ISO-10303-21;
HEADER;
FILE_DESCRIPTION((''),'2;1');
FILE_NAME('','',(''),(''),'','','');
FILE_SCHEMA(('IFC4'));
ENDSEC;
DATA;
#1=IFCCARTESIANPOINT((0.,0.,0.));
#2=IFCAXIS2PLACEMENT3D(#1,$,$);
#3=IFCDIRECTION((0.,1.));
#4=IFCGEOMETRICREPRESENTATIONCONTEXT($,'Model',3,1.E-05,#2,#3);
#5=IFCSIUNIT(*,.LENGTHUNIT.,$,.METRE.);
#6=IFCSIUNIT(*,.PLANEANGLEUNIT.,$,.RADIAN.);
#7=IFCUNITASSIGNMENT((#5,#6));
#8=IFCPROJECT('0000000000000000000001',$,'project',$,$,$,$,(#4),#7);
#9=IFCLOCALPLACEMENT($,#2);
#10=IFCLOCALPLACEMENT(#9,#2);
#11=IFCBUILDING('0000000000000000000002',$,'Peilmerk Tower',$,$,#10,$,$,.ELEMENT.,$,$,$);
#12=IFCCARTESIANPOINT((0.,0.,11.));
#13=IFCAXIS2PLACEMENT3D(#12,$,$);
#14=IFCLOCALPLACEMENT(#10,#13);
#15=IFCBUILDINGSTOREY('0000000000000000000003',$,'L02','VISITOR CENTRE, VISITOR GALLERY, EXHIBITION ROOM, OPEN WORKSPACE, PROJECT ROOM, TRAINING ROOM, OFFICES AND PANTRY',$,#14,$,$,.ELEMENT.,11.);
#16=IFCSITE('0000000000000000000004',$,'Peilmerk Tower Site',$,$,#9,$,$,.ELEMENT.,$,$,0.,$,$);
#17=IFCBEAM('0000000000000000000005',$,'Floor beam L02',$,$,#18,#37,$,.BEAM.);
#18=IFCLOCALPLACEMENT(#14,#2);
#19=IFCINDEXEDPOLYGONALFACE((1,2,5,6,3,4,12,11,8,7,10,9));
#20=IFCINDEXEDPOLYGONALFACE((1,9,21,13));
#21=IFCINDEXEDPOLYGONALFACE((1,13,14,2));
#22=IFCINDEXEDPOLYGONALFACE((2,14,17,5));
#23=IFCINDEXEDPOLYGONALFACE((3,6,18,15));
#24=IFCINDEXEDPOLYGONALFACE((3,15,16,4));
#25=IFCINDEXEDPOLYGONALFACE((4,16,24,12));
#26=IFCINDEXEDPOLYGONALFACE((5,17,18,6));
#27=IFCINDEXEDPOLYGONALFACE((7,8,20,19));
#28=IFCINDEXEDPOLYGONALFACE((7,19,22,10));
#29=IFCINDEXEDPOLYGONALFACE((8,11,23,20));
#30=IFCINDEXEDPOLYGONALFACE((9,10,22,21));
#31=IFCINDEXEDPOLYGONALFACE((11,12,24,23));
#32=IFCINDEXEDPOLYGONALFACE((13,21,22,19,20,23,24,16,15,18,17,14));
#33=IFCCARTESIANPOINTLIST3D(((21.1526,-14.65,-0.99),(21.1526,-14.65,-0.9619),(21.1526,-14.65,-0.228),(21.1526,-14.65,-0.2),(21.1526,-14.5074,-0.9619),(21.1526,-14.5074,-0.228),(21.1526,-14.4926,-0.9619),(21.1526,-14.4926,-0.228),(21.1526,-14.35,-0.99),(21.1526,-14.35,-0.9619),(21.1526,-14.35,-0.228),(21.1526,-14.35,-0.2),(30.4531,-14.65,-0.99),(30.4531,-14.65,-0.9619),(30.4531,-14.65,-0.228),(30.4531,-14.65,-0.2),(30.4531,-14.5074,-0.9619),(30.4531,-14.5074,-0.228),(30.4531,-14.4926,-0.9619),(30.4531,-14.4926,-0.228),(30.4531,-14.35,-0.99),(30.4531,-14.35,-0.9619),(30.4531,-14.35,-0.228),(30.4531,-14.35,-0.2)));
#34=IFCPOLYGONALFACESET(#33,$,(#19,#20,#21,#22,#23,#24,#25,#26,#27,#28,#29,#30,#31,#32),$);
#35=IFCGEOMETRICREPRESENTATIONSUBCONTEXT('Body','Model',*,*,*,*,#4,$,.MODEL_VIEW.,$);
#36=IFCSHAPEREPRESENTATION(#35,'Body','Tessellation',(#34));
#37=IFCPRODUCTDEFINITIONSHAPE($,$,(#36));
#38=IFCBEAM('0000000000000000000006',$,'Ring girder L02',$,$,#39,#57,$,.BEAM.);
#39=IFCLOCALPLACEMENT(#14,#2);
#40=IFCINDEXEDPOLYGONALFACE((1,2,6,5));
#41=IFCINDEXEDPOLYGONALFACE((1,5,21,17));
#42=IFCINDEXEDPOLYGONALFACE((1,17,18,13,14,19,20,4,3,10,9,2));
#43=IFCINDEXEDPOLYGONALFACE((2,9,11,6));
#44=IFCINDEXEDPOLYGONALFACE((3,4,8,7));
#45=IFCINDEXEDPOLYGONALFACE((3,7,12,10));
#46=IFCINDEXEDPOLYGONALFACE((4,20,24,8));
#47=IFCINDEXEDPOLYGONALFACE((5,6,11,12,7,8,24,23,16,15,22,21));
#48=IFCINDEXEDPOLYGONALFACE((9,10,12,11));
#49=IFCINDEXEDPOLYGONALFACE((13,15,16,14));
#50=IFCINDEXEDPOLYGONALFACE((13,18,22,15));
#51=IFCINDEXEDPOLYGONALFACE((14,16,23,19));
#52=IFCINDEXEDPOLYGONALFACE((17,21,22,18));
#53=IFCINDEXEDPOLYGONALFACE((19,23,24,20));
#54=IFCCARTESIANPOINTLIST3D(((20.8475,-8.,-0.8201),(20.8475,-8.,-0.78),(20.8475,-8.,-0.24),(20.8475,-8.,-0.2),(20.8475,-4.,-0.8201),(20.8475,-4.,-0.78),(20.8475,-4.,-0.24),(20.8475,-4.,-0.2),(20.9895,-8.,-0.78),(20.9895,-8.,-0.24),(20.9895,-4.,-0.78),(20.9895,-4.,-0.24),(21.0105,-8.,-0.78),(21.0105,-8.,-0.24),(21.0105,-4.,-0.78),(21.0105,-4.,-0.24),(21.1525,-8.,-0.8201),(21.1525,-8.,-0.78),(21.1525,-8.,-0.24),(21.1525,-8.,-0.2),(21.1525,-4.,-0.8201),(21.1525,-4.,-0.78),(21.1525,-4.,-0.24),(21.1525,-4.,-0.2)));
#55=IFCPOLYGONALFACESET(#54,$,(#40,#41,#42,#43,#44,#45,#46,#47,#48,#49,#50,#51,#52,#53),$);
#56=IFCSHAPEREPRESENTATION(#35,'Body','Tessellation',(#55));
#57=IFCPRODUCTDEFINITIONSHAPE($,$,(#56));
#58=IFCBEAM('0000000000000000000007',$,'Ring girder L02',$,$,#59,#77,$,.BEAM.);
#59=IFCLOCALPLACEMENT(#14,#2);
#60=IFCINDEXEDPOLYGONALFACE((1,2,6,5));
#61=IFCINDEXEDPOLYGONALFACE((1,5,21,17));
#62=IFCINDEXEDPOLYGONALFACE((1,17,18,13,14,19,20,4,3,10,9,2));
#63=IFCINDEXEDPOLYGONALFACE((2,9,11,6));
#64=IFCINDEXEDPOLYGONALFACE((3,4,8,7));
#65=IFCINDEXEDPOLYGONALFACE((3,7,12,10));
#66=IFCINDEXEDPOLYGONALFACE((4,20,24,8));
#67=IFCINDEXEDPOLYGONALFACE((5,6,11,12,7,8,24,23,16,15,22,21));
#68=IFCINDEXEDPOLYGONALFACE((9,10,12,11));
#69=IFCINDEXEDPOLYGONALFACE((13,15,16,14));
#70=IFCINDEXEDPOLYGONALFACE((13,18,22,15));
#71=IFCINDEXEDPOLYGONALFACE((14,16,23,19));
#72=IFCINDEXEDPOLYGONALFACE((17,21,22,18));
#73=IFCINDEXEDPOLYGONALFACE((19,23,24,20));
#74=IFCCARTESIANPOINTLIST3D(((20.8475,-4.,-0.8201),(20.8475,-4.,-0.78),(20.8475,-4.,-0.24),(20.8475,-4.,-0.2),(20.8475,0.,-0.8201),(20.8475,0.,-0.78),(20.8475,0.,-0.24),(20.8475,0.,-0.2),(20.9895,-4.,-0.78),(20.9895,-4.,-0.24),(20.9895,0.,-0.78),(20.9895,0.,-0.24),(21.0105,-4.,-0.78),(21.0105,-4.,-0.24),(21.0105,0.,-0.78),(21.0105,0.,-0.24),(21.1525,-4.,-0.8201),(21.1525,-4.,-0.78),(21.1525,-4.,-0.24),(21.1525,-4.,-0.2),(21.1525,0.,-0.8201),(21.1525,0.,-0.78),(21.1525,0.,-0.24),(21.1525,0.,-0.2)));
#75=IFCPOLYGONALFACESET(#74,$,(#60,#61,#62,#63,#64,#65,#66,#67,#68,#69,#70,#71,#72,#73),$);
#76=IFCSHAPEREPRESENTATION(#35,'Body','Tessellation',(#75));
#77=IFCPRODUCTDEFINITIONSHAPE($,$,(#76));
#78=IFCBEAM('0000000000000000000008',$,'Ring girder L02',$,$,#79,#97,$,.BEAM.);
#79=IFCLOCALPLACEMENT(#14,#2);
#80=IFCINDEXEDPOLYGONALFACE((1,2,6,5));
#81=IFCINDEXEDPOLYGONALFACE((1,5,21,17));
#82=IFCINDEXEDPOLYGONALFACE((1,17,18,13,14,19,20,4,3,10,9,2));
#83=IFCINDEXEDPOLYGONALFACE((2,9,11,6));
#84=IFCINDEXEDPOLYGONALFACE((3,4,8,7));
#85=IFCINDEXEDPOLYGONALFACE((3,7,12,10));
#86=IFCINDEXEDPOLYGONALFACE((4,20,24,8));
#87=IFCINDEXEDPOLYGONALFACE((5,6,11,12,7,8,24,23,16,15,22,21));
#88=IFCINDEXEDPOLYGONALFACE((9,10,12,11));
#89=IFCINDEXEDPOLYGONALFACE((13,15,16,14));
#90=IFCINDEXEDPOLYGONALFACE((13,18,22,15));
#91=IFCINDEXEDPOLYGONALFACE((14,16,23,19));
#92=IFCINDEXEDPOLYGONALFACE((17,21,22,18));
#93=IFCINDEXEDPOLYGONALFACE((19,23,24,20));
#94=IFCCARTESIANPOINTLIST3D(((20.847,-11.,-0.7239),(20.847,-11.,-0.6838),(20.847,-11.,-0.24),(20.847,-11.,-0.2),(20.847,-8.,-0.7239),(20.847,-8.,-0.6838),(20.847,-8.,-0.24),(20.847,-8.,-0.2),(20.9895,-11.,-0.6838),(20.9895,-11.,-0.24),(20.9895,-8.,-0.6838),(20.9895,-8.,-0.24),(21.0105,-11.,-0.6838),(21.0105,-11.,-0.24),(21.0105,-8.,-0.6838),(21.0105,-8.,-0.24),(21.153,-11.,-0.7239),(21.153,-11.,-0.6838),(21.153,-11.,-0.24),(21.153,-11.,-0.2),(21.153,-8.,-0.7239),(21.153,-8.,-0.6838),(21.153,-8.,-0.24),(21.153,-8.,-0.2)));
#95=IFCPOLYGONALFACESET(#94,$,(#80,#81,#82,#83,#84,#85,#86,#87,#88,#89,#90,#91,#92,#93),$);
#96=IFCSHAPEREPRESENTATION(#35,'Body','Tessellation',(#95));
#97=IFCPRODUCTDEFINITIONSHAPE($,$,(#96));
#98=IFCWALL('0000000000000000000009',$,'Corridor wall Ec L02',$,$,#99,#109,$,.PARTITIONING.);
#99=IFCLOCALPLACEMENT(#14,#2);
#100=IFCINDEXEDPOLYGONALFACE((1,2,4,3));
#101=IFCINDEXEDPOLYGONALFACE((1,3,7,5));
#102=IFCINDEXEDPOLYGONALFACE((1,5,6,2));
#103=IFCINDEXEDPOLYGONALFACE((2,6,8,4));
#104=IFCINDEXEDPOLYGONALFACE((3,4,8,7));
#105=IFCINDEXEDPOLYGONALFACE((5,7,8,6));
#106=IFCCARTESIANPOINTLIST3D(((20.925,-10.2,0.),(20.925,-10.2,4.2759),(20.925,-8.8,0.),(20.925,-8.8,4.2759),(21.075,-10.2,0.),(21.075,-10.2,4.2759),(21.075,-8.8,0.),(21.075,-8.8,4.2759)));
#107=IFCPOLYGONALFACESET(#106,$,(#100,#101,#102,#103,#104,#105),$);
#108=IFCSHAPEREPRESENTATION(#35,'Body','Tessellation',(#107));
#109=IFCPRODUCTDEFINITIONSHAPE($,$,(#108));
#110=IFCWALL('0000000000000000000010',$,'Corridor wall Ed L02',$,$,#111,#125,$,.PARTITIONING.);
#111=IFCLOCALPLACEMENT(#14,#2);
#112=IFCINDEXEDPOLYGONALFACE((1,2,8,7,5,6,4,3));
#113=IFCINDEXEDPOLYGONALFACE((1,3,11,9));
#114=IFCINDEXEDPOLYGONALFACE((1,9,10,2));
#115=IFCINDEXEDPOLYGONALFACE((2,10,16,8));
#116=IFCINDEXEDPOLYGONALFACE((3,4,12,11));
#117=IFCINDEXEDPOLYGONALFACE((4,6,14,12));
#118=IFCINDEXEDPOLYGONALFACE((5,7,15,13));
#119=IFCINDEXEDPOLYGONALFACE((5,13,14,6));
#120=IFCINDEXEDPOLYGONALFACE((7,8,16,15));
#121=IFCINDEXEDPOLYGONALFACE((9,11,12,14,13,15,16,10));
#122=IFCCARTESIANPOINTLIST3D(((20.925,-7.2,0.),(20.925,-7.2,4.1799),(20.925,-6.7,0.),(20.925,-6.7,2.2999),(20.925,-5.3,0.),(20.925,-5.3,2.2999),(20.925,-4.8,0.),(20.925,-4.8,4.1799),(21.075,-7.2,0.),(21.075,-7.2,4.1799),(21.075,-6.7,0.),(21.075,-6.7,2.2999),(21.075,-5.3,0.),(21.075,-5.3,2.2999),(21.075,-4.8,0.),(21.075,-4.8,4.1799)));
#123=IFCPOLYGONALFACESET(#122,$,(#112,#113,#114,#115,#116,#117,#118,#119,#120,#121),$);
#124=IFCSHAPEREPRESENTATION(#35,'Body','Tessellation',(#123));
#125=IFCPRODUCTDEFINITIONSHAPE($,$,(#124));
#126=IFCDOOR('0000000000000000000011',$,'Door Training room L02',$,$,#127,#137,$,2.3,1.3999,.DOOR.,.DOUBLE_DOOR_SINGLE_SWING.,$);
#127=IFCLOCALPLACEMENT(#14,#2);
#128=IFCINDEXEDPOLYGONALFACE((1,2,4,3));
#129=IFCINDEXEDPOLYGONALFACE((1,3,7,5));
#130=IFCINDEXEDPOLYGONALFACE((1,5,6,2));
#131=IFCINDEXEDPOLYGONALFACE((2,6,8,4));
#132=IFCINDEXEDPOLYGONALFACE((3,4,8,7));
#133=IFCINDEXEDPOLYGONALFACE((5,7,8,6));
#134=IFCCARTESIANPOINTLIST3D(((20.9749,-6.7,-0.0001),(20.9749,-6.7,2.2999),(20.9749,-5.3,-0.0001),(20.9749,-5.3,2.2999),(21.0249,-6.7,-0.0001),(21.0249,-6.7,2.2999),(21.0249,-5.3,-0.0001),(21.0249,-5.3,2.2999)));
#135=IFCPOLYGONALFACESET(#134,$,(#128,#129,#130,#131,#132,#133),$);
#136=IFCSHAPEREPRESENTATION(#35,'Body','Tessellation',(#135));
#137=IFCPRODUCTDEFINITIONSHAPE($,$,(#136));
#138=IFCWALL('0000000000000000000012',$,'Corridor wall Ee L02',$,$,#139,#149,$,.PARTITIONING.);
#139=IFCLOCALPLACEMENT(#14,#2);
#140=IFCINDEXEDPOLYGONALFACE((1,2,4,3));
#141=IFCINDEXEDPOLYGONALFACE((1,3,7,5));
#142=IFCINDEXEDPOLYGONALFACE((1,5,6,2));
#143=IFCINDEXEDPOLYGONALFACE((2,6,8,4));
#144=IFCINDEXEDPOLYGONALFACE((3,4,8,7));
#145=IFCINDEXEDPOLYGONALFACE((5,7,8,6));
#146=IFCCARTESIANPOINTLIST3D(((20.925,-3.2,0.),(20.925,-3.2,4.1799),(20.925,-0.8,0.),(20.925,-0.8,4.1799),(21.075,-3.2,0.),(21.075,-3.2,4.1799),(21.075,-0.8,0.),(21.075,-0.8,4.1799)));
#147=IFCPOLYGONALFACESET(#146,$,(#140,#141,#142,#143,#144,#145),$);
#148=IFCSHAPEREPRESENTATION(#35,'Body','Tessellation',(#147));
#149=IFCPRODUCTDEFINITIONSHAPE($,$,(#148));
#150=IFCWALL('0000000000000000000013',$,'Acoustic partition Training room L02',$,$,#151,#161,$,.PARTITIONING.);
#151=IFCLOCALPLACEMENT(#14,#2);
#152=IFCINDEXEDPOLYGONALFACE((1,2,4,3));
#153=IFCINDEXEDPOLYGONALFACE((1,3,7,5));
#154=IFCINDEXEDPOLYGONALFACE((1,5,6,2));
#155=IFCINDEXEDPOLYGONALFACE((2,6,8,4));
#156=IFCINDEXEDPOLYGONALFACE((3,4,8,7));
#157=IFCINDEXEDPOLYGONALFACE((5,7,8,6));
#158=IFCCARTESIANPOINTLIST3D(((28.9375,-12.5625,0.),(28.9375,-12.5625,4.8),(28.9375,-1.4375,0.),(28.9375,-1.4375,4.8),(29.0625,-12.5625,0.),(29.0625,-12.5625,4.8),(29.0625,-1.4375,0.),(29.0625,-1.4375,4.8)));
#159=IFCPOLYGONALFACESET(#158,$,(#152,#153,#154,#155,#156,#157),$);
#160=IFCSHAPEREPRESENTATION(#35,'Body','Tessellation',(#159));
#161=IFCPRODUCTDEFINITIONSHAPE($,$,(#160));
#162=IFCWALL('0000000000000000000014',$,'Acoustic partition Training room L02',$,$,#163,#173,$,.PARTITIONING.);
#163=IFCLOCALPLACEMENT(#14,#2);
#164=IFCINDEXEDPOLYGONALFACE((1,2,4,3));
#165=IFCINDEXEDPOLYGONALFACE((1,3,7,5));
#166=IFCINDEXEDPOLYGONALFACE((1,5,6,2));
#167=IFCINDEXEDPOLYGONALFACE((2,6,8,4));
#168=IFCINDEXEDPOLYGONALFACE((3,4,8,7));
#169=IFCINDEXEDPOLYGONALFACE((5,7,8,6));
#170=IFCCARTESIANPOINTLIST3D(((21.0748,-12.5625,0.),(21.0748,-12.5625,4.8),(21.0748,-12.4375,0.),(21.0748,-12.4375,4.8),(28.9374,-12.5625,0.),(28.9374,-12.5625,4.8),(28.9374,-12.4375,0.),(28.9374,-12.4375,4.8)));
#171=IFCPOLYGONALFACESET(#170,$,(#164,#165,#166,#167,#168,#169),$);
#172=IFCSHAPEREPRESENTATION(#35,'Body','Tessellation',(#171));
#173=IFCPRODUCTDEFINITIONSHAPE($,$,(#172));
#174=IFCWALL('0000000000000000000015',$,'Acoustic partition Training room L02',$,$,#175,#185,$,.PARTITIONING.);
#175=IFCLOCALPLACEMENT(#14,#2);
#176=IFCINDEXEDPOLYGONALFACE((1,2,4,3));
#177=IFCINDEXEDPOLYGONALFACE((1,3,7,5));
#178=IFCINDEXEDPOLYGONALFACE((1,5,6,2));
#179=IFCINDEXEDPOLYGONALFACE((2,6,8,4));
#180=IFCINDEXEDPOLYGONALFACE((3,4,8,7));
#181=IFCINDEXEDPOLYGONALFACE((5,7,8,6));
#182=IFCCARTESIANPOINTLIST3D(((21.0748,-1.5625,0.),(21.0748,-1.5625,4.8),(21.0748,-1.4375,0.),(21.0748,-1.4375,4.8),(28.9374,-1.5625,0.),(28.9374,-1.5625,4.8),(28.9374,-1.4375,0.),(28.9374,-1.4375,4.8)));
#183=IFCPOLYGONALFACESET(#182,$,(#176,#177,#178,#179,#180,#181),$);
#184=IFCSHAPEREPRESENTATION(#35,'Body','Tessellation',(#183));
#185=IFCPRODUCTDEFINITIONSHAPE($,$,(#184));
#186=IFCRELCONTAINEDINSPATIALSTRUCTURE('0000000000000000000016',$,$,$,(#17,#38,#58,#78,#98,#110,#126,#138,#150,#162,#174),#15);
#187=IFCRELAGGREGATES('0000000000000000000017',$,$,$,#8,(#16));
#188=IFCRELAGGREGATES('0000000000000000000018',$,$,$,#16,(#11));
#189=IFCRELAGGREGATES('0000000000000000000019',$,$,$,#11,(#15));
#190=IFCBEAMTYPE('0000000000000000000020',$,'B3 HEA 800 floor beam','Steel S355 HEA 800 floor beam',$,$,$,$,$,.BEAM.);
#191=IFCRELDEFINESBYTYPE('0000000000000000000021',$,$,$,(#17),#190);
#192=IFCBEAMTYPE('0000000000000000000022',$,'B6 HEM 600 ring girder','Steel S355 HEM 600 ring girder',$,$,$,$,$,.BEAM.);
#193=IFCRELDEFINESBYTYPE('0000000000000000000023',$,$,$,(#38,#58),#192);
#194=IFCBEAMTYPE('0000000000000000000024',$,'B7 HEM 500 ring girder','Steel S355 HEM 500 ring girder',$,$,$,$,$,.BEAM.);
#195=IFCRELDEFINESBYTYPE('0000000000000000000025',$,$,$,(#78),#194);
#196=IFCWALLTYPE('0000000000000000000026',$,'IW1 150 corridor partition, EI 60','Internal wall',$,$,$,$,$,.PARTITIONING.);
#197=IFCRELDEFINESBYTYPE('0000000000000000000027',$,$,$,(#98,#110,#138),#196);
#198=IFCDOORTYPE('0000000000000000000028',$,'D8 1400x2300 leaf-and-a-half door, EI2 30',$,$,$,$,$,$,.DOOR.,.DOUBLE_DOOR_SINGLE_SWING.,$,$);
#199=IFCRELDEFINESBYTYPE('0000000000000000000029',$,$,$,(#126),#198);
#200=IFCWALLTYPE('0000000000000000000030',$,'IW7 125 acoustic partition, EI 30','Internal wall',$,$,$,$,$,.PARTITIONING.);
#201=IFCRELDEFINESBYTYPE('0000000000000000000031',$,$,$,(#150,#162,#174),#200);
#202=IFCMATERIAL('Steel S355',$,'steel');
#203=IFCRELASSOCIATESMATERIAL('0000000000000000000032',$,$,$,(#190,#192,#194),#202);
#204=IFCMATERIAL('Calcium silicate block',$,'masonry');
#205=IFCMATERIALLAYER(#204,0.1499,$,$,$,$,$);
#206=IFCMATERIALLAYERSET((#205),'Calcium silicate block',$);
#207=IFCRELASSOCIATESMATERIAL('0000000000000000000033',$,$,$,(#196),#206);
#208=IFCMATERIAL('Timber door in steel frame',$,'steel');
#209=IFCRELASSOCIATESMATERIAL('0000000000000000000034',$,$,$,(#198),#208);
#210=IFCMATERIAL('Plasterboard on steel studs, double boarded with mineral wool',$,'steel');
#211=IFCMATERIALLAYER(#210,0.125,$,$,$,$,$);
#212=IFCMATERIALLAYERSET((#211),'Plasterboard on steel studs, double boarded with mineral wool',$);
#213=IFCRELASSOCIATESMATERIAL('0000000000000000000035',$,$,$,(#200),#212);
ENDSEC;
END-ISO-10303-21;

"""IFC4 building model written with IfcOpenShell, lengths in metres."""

from ifc_helpers import new_model, si_unit, direction, frame, frame_2d, origin, origin_2d, place, context, subcontext, project, spatial, rectangle, i_section, extrude, material, layer, layer_set, material_profile, profile_set, type_object, element, fill, save


model = new_model("IFC4")

# Units and contexts
model_context = context("Model", 3, precision=1e-05, world=origin(), true_north=direction((0.0, 1.0)))
body_context = subcontext(model_context, "Body", "Model", "MODEL_VIEW")
ifc_project = project(units=[si_unit("LENGTHUNIT", "METRE"), si_unit("PLANEANGLEUNIT", "RADIAN")], contexts=[model_context])

# Site, building, storey
site_placement = place(None, origin())
site = spatial("IfcSite", under=ifc_project, at=site_placement, Name="Peilmerk Tower Site", CompositionType="ELEMENT", RefElevation=0.0)
building_placement = place(site_placement, origin())
building = spatial("IfcBuilding", under=site, at=building_placement, Name="Peilmerk Tower", CompositionType="ELEMENT")
storey_placement = place(building_placement, frame((0.0, 0.0, 11.0)))
storey = spatial("IfcBuildingStorey", under=building, at=storey_placement, Name="L02", Description="VISITOR CENTRE, VISITOR GALLERY, EXHIBITION ROOM, OPEN WORKSPACE, PROJECT ROOM, TRAINING ROOM, OFFICES AND PANTRY", CompositionType="ELEMENT", Elevation=11.0)

# Shared definitions
ifc_material_1 = material(Name="Steel S355", Category="steel")

# Beams
ifc_material_profile_1 = material_profile(ifc_material_1, i_section(OverallWidth=0.3, OverallDepth=0.79, WebThickness=0.0149, FlangeThickness=0.0281, at=origin_2d()), Name="HEA 800")
ifc_profile_set_1 = profile_set([ifc_material_profile_1], Name="Steel S355")
beam_type_1 = type_object("IfcBeamType", Name="B3 HEA 800 floor beam", Description="Steel S355 HEA 800 floor beam", PredefinedType="BEAM", material=ifc_profile_set_1)
beam_1_placement = place(storey_placement, frame((21.1526, -14.5, -0.595), z_axis=(1.0, 0.0, 0.0), x_axis=(0.0, 1.0, 0.0)))
element("IfcBeam", 1, at=beam_1_placement, inside=storey, type_object=beam_type_1, Name="Floor beam L02", PredefinedType="BEAM", context=body_context, shape_type="SweptSolid", body=[
    extrude(i_section(OverallWidth=0.3, OverallDepth=0.79, WebThickness=0.0149, FlangeThickness=0.0281, at=origin_2d()), origin(), (0.0, 0.0, 1.0), 9.3005),
])
ifc_material_profile_2 = material_profile(ifc_material_1, i_section(OverallWidth=0.3049, OverallDepth=0.6201, WebThickness=0.021, FlangeThickness=0.04, at=origin_2d()), Name="HEM 600")
ifc_profile_set_2 = profile_set([ifc_material_profile_2], Name="Steel S355")
beam_type_2 = type_object("IfcBeamType", Name="B6 HEM 600 ring girder", Description="Steel S355 HEM 600 ring girder", PredefinedType="BEAM", material=ifc_profile_set_2)
for number, where, z_axis, x_axis, name in (
    (2, (21.0, -8.0, -0.51), (0.0, 1.0, 0.0), (-1.0, 0.0, 0.0), "Ring girder L02"),
    (3, (21.0, -4.0, -0.51), (0.0, 1.0, 0.0), (-1.0, 0.0, 0.0), "Ring girder L02"),
):
    element("IfcBeam", number, at=place(storey_placement, frame(where, z_axis=z_axis, x_axis=x_axis)), inside=storey, type_object=beam_type_2, Name=name, PredefinedType="BEAM", context=body_context, shape_type="SweptSolid", body=[
        extrude(i_section(OverallWidth=0.3049, OverallDepth=0.6201, WebThickness=0.021, FlangeThickness=0.04, at=origin_2d()), origin(), (0.0, 0.0, 1.0), 4.0),
    ])
ifc_material_profile_3 = material_profile(ifc_material_1, i_section(OverallWidth=0.3059, OverallDepth=0.5239, WebThickness=0.021, FlangeThickness=0.04, at=origin_2d()), Name="HEM 500")
ifc_profile_set_3 = profile_set([ifc_material_profile_3], Name="Steel S355")
beam_type_3 = type_object("IfcBeamType", Name="B7 HEM 500 ring girder", Description="Steel S355 HEM 500 ring girder", PredefinedType="BEAM", material=ifc_profile_set_3)
beam_2_placement = place(storey_placement, frame((21.0, -11.0, -0.4619), z_axis=(0.0, 1.0, 0.0), x_axis=(-1.0, 0.0, 0.0)))
element("IfcBeam", 4, at=beam_2_placement, inside=storey, type_object=beam_type_3, Name="Ring girder L02", PredefinedType="BEAM", context=body_context, shape_type="SweptSolid", body=[
    extrude(i_section(OverallWidth=0.3059, OverallDepth=0.5239, WebThickness=0.021, FlangeThickness=0.04, at=origin_2d()), origin(), (0.0, 0.0, 1.0), 3.0),
])

# Wall
ifc_material_2 = material(Name="Calcium silicate block", Category="masonry")
ifc_layer_1 = layer(ifc_material_2, 0.1499)
ifc_layer_set_1 = layer_set([ifc_layer_1], Name="Calcium silicate block")
wall_type_1 = type_object("IfcWallType", Name="IW1 150 corridor partition, EI 60", Description="Internal wall", PredefinedType="PARTITIONING", material=ifc_layer_set_1)
wall_1_placement = place(storey_placement, frame((21.0, -10.2, 0.0), z_axis=(0.0, 0.0, 1.0), x_axis=(0.0, 1.0, 0.0)))
element("IfcWall", 5, at=wall_1_placement, inside=storey, type_object=wall_type_1, Name="Corridor wall Ec L02", PredefinedType="PARTITIONING", context=body_context, shape_type="SweptSolid", body=[
    extrude(rectangle(XDim=1.3999, YDim=0.1499, at=frame_2d((0.7, 0.0))), origin(), (0.0, 0.0, 1.0), 4.2759),
])

# Wall, opening, door
wall_2_placement = place(storey_placement, frame((21.0, -7.2, 0.0), z_axis=(0.0, 0.0, 1.0), x_axis=(0.0, 1.0, 0.0)))
wall_2 = element("IfcWall", 6, at=wall_2_placement, inside=storey, type_object=wall_type_1, Name="Corridor wall Ed L02", PredefinedType="PARTITIONING", context=body_context, shape_type="SweptSolid", body=[
    extrude(rectangle(XDim=2.3999, YDim=0.1499, at=frame_2d((1.2, 0.0))), origin(), (0.0, 0.0, 1.0), 4.1799),
])
opening_placement = place(wall_2_placement, frame((0.5, 0.0, 0.0)))
opening = element("IfcOpeningElement", 7, at=opening_placement, cuts=wall_2, PredefinedType="OPENING", context=body_context, shape_type="SweptSolid", body=[
    extrude(rectangle(XDim=1.3999, YDim=2.3, at=frame_2d((0.7, 1.1499))), frame((0.0, 0.085, 0.0), z_axis=(0.0, -1.0, 0.0), x_axis=(1.0, 0.0, 0.0)), (0.0, 0.0, 1.0), 0.1699),
])
ifc_material_3 = material(Name="Timber door in steel frame", Category="steel")
door_type = type_object("IfcDoorType", Name="D8 1400x2300 leaf-and-a-half door, EI2 30", OperationType="DOUBLE_DOOR_SINGLE_SWING", PredefinedType="DOOR", material=ifc_material_3)
door_placement = place(opening_placement, frame((1.3999, 0.0, 0.0), z_axis=(0.0, 0.0, 1.0), x_axis=(-1.0, 0.0, 0.0)))
door = element("IfcDoor", 8, at=door_placement, inside=storey, type_object=door_type, Name="Door Training room L02", OperationType="DOUBLE_DOOR_SINGLE_SWING", OverallHeight=2.3, OverallWidth=1.3999, PredefinedType="DOOR", context=body_context, shape_type="SweptSolid", body=[
    extrude(rectangle(XDim=1.3999, YDim=2.3, at=frame_2d((0.7, 1.1499))), frame((0.0, 0.0249, 0.0), z_axis=(0.0, -1.0, 0.0), x_axis=(1.0, 0.0, 0.0)), (0.0, 0.0, 1.0), 0.05),
])
fill(opening, door)

# Walls
wall_3_placement = place(storey_placement, frame((21.0, -3.2, 0.0), z_axis=(0.0, 0.0, 1.0), x_axis=(0.0, 1.0, 0.0)))
element("IfcWall", 9, at=wall_3_placement, inside=storey, type_object=wall_type_1, Name="Corridor wall Ee L02", PredefinedType="PARTITIONING", context=body_context, shape_type="SweptSolid", body=[
    extrude(rectangle(XDim=2.3999, YDim=0.1499, at=frame_2d((1.2, 0.0))), origin(), (0.0, 0.0, 1.0), 4.1799),
])
ifc_material_4 = material(Name="Plasterboard on steel studs, double boarded with mineral wool", Category="steel")
ifc_layer_2 = layer(ifc_material_4, 0.125)
ifc_layer_set_2 = layer_set([ifc_layer_2], Name="Plasterboard on steel studs, double boarded with mineral wool")
wall_type_2 = type_object("IfcWallType", Name="IW7 125 acoustic partition, EI 30", Description="Internal wall", PredefinedType="PARTITIONING", material=ifc_layer_set_2)
wall_4_placement = place(storey_placement, frame((29.0, -12.5625, 0.0), z_axis=(0.0, 0.0, 1.0), x_axis=(0.0, 1.0, 0.0)))
element("IfcWall", 10, at=wall_4_placement, inside=storey, type_object=wall_type_2, Name="Acoustic partition Training room L02", PredefinedType="PARTITIONING", context=body_context, shape_type="SweptSolid", body=[
    extrude(rectangle(XDim=11.125, YDim=0.125, at=frame_2d((5.5625, 0.0))), origin(), (0.0, 0.0, 1.0), 4.8),
])
for number, where, z_axis, x_axis, name in (
    (11, (21.075, -12.5, 0.0), (0.0, 0.0, 1.0), (1.0, 0.0, 0.0), "Acoustic partition Training room L02"),
    (12, (21.075, -1.5, 0.0), (0.0, 0.0, 1.0), (1.0, 0.0, 0.0), "Acoustic partition Training room L02"),
):
    element("IfcWall", number, at=place(storey_placement, frame(where, z_axis=z_axis, x_axis=x_axis)), inside=storey, type_object=wall_type_2, Name=name, PredefinedType="PARTITIONING", context=body_context, shape_type="SweptSolid", body=[
        extrude(rectangle(XDim=7.8625, YDim=0.125, at=frame_2d((3.9312, 0.0))), origin(), (0.0, 0.0, 1.0), 4.8),
    ])

save(model, "model.ifc")
